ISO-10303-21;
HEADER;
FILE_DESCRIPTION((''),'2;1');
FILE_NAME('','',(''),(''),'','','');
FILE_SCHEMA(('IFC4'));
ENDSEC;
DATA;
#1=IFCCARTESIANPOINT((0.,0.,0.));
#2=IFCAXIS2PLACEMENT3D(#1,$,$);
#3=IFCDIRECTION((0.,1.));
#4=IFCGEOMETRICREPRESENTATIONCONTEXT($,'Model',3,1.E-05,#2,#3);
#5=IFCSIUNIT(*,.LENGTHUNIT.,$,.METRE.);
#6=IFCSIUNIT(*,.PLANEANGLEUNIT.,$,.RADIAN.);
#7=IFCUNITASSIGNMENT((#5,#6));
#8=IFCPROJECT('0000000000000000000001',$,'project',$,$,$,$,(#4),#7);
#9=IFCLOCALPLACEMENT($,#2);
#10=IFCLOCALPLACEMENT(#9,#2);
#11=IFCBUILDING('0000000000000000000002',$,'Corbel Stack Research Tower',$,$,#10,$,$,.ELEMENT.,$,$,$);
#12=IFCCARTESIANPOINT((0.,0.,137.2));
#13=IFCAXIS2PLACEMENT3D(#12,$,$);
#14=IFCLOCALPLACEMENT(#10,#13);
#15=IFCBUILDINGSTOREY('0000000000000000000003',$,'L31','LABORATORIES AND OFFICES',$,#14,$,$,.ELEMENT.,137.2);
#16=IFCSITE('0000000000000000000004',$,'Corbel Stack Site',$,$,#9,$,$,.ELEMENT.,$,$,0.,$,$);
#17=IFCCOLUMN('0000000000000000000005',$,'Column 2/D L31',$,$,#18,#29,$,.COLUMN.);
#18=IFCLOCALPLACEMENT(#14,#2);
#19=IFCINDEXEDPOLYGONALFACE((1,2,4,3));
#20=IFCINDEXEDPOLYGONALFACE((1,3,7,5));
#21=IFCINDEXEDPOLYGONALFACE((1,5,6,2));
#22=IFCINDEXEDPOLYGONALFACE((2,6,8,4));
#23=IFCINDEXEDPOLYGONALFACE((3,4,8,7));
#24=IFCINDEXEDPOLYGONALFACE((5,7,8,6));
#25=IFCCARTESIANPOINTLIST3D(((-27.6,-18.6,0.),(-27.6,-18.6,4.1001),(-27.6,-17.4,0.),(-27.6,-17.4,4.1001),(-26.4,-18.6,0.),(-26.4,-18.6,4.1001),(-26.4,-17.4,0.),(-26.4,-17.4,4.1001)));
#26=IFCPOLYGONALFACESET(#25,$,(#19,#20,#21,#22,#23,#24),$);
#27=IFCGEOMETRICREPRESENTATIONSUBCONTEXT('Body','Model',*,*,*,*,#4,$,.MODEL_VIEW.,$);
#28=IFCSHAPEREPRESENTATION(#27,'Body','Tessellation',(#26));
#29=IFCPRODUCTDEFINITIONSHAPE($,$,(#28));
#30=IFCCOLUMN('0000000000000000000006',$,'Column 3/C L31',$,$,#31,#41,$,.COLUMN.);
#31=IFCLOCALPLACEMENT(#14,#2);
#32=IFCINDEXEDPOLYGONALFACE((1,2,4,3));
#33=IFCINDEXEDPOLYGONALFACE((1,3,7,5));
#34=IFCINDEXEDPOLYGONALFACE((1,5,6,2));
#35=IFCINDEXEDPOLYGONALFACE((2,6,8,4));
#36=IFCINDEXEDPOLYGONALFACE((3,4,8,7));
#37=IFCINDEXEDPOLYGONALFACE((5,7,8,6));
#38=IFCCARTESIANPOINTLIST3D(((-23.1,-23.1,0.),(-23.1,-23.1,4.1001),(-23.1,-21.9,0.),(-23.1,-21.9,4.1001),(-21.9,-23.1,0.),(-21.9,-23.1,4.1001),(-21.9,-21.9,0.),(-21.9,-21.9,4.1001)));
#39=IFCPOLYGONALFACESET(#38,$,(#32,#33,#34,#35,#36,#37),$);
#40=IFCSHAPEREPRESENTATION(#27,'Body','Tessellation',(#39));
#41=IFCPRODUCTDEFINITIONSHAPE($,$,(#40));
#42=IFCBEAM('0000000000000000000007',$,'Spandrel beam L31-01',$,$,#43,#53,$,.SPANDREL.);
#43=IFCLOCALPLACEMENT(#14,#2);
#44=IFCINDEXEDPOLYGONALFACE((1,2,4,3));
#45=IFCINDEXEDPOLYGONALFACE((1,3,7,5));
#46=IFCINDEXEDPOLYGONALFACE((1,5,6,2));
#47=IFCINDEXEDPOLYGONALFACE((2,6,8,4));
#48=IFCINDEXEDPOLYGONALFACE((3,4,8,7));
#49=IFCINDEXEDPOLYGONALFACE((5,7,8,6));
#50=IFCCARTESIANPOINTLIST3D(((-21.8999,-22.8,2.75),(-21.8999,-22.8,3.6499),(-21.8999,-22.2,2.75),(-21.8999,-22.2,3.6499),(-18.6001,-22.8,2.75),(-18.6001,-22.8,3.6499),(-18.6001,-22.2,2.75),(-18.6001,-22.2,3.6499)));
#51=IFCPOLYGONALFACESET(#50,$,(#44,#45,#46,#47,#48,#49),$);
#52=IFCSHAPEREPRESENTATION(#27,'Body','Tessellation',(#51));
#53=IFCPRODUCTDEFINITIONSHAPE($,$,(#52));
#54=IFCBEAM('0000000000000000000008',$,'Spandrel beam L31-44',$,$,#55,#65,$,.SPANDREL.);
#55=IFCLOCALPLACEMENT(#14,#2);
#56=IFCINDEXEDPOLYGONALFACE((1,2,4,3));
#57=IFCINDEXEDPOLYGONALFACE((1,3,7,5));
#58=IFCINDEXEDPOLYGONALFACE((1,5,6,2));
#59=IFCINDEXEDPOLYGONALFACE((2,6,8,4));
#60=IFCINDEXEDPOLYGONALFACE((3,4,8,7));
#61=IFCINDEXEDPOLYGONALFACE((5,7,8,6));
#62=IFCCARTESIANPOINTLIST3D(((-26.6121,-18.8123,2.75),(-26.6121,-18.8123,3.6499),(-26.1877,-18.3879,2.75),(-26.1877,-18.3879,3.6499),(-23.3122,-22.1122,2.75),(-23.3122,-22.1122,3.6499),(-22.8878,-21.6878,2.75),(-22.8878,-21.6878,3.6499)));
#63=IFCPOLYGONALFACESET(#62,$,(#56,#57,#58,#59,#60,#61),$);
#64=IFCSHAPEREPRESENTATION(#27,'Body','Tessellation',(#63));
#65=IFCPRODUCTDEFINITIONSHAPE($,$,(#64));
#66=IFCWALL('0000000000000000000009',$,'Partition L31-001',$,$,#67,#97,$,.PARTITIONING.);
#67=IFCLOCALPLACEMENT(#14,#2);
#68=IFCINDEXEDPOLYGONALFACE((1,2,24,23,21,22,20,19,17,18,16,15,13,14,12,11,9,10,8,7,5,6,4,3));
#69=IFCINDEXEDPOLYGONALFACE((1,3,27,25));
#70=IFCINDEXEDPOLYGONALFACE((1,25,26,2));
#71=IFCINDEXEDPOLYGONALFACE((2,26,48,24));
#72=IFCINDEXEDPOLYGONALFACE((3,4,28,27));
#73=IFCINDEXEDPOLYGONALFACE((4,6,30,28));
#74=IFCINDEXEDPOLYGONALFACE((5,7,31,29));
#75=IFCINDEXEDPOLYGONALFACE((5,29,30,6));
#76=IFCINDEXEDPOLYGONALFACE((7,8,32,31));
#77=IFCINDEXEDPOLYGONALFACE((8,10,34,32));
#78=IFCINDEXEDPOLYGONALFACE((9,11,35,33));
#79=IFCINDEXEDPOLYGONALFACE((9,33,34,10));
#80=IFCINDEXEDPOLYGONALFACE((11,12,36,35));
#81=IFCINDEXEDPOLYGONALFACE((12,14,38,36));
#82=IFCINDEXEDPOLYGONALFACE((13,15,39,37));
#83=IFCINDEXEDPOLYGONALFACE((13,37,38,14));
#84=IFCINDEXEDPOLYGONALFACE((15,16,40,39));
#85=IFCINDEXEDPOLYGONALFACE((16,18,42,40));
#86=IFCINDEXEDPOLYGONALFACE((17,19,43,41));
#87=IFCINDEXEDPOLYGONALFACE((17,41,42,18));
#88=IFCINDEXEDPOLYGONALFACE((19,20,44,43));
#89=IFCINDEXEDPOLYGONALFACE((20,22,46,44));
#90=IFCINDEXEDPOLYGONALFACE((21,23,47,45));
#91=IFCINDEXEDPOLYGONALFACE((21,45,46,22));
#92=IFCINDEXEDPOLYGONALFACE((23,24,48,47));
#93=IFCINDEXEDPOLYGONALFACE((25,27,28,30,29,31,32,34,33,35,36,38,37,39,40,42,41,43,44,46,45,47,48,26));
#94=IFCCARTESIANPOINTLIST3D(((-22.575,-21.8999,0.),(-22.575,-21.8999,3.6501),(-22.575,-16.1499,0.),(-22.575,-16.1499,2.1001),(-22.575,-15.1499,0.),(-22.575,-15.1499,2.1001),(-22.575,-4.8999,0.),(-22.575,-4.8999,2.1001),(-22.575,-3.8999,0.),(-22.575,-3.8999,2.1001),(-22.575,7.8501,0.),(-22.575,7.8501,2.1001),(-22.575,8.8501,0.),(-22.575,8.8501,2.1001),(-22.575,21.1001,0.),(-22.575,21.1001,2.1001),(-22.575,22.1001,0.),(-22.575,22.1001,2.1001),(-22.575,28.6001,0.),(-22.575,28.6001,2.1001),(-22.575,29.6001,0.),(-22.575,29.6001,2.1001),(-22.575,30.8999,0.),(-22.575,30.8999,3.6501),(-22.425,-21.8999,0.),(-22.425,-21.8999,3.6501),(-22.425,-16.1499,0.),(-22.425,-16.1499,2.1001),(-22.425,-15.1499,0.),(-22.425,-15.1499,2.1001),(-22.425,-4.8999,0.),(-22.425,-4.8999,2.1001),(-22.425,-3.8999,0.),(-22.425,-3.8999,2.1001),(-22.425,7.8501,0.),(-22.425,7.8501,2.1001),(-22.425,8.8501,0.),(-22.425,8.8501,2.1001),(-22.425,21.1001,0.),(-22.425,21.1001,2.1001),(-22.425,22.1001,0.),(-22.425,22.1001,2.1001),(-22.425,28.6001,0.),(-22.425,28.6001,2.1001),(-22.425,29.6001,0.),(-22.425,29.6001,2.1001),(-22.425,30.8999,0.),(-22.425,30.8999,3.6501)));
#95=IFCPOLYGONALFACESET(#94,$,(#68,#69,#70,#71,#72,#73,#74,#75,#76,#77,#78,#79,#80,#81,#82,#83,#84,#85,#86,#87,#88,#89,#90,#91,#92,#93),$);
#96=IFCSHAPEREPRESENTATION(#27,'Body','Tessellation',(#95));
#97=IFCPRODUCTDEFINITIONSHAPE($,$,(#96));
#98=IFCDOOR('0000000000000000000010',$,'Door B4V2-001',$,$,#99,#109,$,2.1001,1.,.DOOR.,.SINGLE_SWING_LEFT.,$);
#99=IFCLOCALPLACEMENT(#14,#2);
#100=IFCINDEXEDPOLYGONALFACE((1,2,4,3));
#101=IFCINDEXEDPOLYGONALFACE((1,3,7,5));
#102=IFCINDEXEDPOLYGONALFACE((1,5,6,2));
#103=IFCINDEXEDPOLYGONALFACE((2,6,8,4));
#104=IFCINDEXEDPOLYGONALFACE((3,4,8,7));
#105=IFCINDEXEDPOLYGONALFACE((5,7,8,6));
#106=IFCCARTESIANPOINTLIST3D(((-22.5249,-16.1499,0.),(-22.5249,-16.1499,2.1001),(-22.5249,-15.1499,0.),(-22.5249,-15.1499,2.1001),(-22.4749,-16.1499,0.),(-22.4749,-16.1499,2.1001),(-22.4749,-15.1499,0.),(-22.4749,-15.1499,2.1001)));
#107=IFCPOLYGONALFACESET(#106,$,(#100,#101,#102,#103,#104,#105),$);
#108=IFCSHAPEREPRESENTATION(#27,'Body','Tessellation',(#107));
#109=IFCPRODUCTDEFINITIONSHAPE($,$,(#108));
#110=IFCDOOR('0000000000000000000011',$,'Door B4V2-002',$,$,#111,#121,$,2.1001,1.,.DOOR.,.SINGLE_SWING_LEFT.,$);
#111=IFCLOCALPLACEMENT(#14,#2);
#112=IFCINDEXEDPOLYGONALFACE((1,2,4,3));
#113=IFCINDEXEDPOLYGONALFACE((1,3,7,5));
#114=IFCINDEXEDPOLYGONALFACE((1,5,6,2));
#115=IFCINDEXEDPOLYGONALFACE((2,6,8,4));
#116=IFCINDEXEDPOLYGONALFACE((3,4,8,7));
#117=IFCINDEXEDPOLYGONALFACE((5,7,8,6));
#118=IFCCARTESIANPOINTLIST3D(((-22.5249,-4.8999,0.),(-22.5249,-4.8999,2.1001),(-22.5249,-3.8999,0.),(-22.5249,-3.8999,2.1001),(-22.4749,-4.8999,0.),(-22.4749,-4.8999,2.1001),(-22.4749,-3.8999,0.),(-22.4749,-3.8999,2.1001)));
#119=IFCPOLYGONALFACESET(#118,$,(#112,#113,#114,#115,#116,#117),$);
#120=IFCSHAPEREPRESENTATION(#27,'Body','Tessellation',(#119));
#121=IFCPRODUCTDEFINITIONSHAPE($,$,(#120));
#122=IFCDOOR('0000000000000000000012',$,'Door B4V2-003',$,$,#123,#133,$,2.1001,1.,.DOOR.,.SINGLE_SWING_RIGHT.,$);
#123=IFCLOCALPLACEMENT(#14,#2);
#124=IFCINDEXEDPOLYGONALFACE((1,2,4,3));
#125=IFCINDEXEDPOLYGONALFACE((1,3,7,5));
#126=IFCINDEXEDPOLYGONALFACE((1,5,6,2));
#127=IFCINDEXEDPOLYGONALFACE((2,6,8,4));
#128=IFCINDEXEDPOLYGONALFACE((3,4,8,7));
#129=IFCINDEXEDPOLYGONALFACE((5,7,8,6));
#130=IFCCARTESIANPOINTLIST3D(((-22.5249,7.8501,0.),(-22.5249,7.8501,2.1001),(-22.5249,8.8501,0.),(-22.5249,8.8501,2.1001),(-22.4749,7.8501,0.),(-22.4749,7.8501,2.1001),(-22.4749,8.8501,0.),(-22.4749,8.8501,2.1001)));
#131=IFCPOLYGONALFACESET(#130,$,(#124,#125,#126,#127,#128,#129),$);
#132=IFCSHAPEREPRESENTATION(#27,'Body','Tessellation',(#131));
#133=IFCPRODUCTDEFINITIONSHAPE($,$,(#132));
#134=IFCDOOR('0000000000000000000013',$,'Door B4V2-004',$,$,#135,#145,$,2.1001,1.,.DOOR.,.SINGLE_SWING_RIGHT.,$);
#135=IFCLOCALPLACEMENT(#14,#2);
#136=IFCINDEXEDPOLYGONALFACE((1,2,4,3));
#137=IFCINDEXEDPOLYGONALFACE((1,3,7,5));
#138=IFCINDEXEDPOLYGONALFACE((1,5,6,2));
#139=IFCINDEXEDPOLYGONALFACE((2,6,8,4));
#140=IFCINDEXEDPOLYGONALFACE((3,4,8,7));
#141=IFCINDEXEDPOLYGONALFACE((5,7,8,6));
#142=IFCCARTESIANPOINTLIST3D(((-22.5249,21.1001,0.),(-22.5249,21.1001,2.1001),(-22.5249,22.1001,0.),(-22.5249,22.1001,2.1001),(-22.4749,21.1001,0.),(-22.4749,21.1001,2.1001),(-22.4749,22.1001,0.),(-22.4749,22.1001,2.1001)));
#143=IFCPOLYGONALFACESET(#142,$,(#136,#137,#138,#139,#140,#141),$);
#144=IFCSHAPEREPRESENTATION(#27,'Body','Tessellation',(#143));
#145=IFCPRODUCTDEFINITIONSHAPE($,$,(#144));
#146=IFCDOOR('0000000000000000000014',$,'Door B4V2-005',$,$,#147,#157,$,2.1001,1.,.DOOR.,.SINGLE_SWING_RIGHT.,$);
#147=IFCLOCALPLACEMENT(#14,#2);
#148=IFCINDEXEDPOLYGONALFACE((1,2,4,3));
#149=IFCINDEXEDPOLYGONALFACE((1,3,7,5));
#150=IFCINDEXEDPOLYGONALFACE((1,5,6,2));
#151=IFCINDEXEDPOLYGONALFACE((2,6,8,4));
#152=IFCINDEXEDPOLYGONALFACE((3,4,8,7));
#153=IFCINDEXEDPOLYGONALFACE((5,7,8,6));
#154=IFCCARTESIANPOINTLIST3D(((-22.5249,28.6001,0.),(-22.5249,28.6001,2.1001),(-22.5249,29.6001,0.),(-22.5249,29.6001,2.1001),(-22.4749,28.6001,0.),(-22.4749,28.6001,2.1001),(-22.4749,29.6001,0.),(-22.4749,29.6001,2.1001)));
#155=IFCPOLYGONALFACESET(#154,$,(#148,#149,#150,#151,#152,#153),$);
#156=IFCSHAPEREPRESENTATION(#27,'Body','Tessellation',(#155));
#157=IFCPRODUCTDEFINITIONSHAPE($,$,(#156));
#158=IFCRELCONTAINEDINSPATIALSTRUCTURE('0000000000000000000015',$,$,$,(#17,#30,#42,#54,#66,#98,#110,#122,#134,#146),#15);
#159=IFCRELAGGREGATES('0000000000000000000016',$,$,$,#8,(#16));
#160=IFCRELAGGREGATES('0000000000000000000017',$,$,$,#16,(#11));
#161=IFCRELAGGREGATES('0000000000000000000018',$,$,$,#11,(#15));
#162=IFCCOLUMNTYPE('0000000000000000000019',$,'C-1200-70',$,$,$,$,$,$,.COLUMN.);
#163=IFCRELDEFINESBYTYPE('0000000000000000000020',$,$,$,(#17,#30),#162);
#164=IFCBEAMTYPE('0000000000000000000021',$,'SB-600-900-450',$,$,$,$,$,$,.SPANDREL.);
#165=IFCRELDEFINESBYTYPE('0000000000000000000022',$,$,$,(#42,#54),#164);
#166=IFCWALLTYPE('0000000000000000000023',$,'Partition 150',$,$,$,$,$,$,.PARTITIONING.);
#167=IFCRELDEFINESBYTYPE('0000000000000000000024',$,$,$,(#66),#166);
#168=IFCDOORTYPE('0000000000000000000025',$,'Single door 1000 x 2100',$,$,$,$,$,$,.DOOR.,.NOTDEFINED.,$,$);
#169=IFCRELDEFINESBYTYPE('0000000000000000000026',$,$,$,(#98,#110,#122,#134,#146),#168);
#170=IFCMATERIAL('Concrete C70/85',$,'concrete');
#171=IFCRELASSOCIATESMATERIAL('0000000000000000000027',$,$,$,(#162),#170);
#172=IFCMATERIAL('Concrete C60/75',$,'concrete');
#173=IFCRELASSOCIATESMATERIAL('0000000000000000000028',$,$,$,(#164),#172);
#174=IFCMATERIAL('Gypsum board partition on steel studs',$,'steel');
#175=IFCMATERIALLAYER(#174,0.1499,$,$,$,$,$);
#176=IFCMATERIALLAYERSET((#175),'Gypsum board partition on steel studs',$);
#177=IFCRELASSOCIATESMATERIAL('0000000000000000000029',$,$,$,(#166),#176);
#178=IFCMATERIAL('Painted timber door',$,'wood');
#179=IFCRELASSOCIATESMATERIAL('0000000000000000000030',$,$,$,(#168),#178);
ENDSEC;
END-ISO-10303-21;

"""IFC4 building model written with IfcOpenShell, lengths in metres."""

from ifc_helpers import new_model, si_unit, direction, frame, frame_2d, origin, origin_2d, place, context, subcontext, project, spatial, rectangle, extrude, material, layer, layer_set, material_profile, profile_set, type_object, element, fill, save


model = new_model("IFC4")

# Units and contexts
model_context = context("Model", 3, precision=1e-05, world=origin(), true_north=direction((0.0, 1.0)))
body_context = subcontext(model_context, "Body", "Model", "MODEL_VIEW")
ifc_project = project(units=[si_unit("LENGTHUNIT", "METRE"), si_unit("PLANEANGLEUNIT", "RADIAN")], contexts=[model_context])

# Site, building, storey
site_placement = place(None, origin())
site = spatial("IfcSite", under=ifc_project, at=site_placement, Name="Corbel Stack Site", CompositionType="ELEMENT", RefElevation=0.0)
building_placement = place(site_placement, origin())
building = spatial("IfcBuilding", under=site, at=building_placement, Name="Corbel Stack Research Tower", CompositionType="ELEMENT")
storey_placement = place(building_placement, frame((0.0, 0.0, 137.2)))
storey = spatial("IfcBuildingStorey", under=building, at=storey_placement, Name="L31", Description="LABORATORIES AND OFFICES", CompositionType="ELEMENT", Elevation=137.2)

# Columns
ifc_material_1 = material(Name="Concrete C70/85", Category="concrete")
ifc_material_profile_1 = material_profile(ifc_material_1, rectangle(XDim=1.2, YDim=1.2, at=origin_2d()), Name="RC 1200 x 1200")
ifc_profile_set_1 = profile_set([ifc_material_profile_1], Name="Concrete C70/85")
column_type = type_object("IfcColumnType", Name="C-1200-70", PredefinedType="COLUMN", material=ifc_profile_set_1)
for number, where, z_axis, x_axis, name in (
    (1, (-27.0, -18.0, 0.0), (0.0, 0.0, 1.0), (1.0, 0.0, 0.0), "Column 2/D L31"),
    (2, (-22.5, -22.5, 0.0), (0.0, 0.0, 1.0), (1.0, 0.0, 0.0), "Column 3/C L31"),
):
    element("IfcColumn", number, at=place(storey_placement, frame(where, z_axis=z_axis, x_axis=x_axis)), inside=storey, type_object=column_type, Name=name, PredefinedType="COLUMN", context=body_context, shape_type="SweptSolid", body=[
        extrude(rectangle(XDim=1.2, YDim=1.2, at=origin_2d()), origin(), (0.0, 0.0, 1.0), 4.1001),
    ])

# Beams
ifc_material_2 = material(Name="Concrete C60/75", Category="concrete")
ifc_material_profile_2 = material_profile(ifc_material_2, rectangle(XDim=0.6001, YDim=0.8999, at=origin_2d()), Name="RC 600 x 900")
ifc_profile_set_2 = profile_set([ifc_material_profile_2], Name="Concrete C60/75")
beam_type = type_object("IfcBeamType", Name="SB-600-900-450", PredefinedType="SPANDREL", material=ifc_profile_set_2)
beam_1_placement = place(storey_placement, frame((-21.8999, -22.5, 3.2), z_axis=(1.0, 0.0, 0.0), x_axis=(0.0, 1.0, 0.0)))
element("IfcBeam", 3, at=beam_1_placement, inside=storey, type_object=beam_type, Name="Spandrel beam L31-01", PredefinedType="SPANDREL", context=body_context, shape_type="SweptSolid", body=[
    extrude(rectangle(XDim=0.6001, YDim=0.8999, at=origin_2d()), origin(), (0.0, 0.0, 1.0), 3.2998),
])
beam_2_placement = place(storey_placement, frame((-26.3999, -18.6001, 3.2), z_axis=(0.707107, -0.707107, 0.0), x_axis=(0.707107, 0.707107, 0.0)))
element("IfcBeam", 4, at=beam_2_placement, inside=storey, type_object=beam_type, Name="Spandrel beam L31-44", PredefinedType="SPANDREL", context=body_context, shape_type="SweptSolid", body=[
    extrude(rectangle(XDim=0.6001, YDim=0.8999, at=origin_2d()), origin(), (0.0, 0.0, 1.0), 4.6667),
])

# Wall, openings, doors
ifc_material_3 = material(Name="Gypsum board partition on steel studs", Category="steel")
ifc_layer_1 = layer(ifc_material_3, 0.1499)
ifc_layer_set_1 = layer_set([ifc_layer_1], Name="Gypsum board partition on steel studs")
wall_type_1 = type_object("IfcWallType", Name="Partition 150", PredefinedType="PARTITIONING", material=ifc_layer_set_1)
wall_1_placement = place(storey_placement, frame((-22.5, -21.8999, 0.0), z_axis=(0.0, 0.0, 1.0), x_axis=(0.0, 1.0, 0.0)))
wall_1 = element("IfcWall", 5, at=wall_1_placement, inside=storey, type_object=wall_type_1, Name="Partition L31-001", PredefinedType="PARTITIONING", context=body_context, shape_type="SweptSolid", body=[
    extrude(rectangle(XDim=52.7998, YDim=0.1499, at=frame_2d((26.3999, 0.0))), origin(), (0.0, 0.0, 1.0), 3.6501),
])
opening_1_placement = place(wall_1_placement, frame((5.75, 0.0, 0.0)))
opening_1 = element("IfcOpeningElement", 6, at=opening_1_placement, cuts=wall_1, PredefinedType="OPENING", context=body_context, shape_type="SweptSolid", body=[
    extrude(rectangle(XDim=1.0, YDim=2.1001, at=frame_2d((0.5, 1.05))), frame((0.0, 0.085, 0.0), z_axis=(0.0, -1.0, 0.0), x_axis=(1.0, 0.0, 0.0)), (0.0, 0.0, 1.0), 0.1699),
])
opening_2_placement = place(wall_1_placement, frame((17.0, 0.0, 0.0)))
opening_2 = element("IfcOpeningElement", 7, at=opening_2_placement, cuts=wall_1, PredefinedType="OPENING", context=body_context, shape_type="SweptSolid", body=[
    extrude(rectangle(XDim=1.0, YDim=2.1001, at=frame_2d((0.5, 1.05))), frame((0.0, 0.085, 0.0), z_axis=(0.0, -1.0, 0.0), x_axis=(1.0, 0.0, 0.0)), (0.0, 0.0, 1.0), 0.1699),
])
opening_3_placement = place(wall_1_placement, frame((29.75, 0.0, 0.0)))
opening_3 = element("IfcOpeningElement", 8, at=opening_3_placement, cuts=wall_1, PredefinedType="OPENING", context=body_context, shape_type="SweptSolid", body=[
    extrude(rectangle(XDim=1.0, YDim=2.1001, at=frame_2d((0.5, 1.05))), frame((0.0, 0.085, 0.0), z_axis=(0.0, -1.0, 0.0), x_axis=(1.0, 0.0, 0.0)), (0.0, 0.0, 1.0), 0.1699),
])
opening_4_placement = place(wall_1_placement, frame((43.0, 0.0, 0.0)))
opening_4 = element("IfcOpeningElement", 9, at=opening_4_placement, cuts=wall_1, PredefinedType="OPENING", context=body_context, shape_type="SweptSolid", body=[
    extrude(rectangle(XDim=1.0, YDim=2.1001, at=frame_2d((0.5, 1.05))), frame((0.0, 0.085, 0.0), z_axis=(0.0, -1.0, 0.0), x_axis=(1.0, 0.0, 0.0)), (0.0, 0.0, 1.0), 0.1699),
])
opening_5_placement = place(wall_1_placement, frame((50.5, 0.0, 0.0)))
opening_5 = element("IfcOpeningElement", 10, at=opening_5_placement, cuts=wall_1, PredefinedType="OPENING", context=body_context, shape_type="SweptSolid", body=[
    extrude(rectangle(XDim=1.0, YDim=2.1001, at=frame_2d((0.5, 1.05))), frame((0.0, 0.085, 0.0), z_axis=(0.0, -1.0, 0.0), x_axis=(1.0, 0.0, 0.0)), (0.0, 0.0, 1.0), 0.1699),
])
ifc_material_4 = material(Name="Painted timber door", Category="wood")
door_type_1 = type_object("IfcDoorType", Name="Single door 1000 x 2100", OperationType="NOTDEFINED", PredefinedType="DOOR", material=ifc_material_4)
door_1_placement = place(opening_1_placement, origin())
door_1 = element("IfcDoor", 11, at=door_1_placement, inside=storey, type_object=door_type_1, Name="Door B4V2-001", OperationType="SINGLE_SWING_LEFT", OverallHeight=2.1001, OverallWidth=1.0, PredefinedType="DOOR", context=body_context, shape_type="SweptSolid", body=[
    extrude(rectangle(XDim=1.0, YDim=2.1001, at=frame_2d((0.5, 1.05))), frame((0.0, 0.0249, 0.0), z_axis=(0.0, -1.0, 0.0), x_axis=(1.0, 0.0, 0.0)), (0.0, 0.0, 1.0), 0.05),
])
fill(opening_1, door_1)
door_2_placement = place(opening_2_placement, origin())
door_2 = element("IfcDoor", 12, at=door_2_placement, inside=storey, type_object=door_type_1, Name="Door B4V2-002", OperationType="SINGLE_SWING_LEFT", OverallHeight=2.1001, OverallWidth=1.0, PredefinedType="DOOR", context=body_context, shape_type="SweptSolid", body=[
    extrude(rectangle(XDim=1.0, YDim=2.1001, at=frame_2d((0.5, 1.05))), frame((0.0, 0.0249, 0.0), z_axis=(0.0, -1.0, 0.0), x_axis=(1.0, 0.0, 0.0)), (0.0, 0.0, 1.0), 0.05),
])
fill(opening_2, door_2)
door_3_placement = place(opening_3_placement, origin())
door_3 = element("IfcDoor", 13, at=door_3_placement, inside=storey, type_object=door_type_1, Name="Door B4V2-003", OperationType="SINGLE_SWING_RIGHT", OverallHeight=2.1001, OverallWidth=1.0, PredefinedType="DOOR", context=body_context, shape_type="SweptSolid", body=[
    extrude(rectangle(XDim=1.0, YDim=2.1001, at=frame_2d((0.5, 1.05))), frame((0.0, 0.0249, 0.0), z_axis=(0.0, -1.0, 0.0), x_axis=(1.0, 0.0, 0.0)), (0.0, 0.0, 1.0), 0.05),
])
fill(opening_3, door_3)
door_4_placement = place(opening_4_placement, origin())
door_4 = element("IfcDoor", 14, at=door_4_placement, inside=storey, type_object=door_type_1, Name="Door B4V2-004", OperationType="SINGLE_SWING_RIGHT", OverallHeight=2.1001, OverallWidth=1.0, PredefinedType="DOOR", context=body_context, shape_type="SweptSolid", body=[
    extrude(rectangle(XDim=1.0, YDim=2.1001, at=frame_2d((0.5, 1.05))), frame((0.0, 0.0249, 0.0), z_axis=(0.0, -1.0, 0.0), x_axis=(1.0, 0.0, 0.0)), (0.0, 0.0, 1.0), 0.05),
])
fill(opening_4, door_4)
door_5_placement = place(opening_5_placement, origin())
door_5 = element("IfcDoor", 15, at=door_5_placement, inside=storey, type_object=door_type_1, Name="Door B4V2-005", OperationType="SINGLE_SWING_RIGHT", OverallHeight=2.1001, OverallWidth=1.0, PredefinedType="DOOR", context=body_context, shape_type="SweptSolid", body=[
    extrude(rectangle(XDim=1.0, YDim=2.1001, at=frame_2d((0.5, 1.05))), frame((0.0, 0.0249, 0.0), z_axis=(0.0, -1.0, 0.0), x_axis=(1.0, 0.0, 0.0)), (0.0, 0.0, 1.0), 0.05),
])
fill(opening_5, door_5)

save(model, "model.ifc")
